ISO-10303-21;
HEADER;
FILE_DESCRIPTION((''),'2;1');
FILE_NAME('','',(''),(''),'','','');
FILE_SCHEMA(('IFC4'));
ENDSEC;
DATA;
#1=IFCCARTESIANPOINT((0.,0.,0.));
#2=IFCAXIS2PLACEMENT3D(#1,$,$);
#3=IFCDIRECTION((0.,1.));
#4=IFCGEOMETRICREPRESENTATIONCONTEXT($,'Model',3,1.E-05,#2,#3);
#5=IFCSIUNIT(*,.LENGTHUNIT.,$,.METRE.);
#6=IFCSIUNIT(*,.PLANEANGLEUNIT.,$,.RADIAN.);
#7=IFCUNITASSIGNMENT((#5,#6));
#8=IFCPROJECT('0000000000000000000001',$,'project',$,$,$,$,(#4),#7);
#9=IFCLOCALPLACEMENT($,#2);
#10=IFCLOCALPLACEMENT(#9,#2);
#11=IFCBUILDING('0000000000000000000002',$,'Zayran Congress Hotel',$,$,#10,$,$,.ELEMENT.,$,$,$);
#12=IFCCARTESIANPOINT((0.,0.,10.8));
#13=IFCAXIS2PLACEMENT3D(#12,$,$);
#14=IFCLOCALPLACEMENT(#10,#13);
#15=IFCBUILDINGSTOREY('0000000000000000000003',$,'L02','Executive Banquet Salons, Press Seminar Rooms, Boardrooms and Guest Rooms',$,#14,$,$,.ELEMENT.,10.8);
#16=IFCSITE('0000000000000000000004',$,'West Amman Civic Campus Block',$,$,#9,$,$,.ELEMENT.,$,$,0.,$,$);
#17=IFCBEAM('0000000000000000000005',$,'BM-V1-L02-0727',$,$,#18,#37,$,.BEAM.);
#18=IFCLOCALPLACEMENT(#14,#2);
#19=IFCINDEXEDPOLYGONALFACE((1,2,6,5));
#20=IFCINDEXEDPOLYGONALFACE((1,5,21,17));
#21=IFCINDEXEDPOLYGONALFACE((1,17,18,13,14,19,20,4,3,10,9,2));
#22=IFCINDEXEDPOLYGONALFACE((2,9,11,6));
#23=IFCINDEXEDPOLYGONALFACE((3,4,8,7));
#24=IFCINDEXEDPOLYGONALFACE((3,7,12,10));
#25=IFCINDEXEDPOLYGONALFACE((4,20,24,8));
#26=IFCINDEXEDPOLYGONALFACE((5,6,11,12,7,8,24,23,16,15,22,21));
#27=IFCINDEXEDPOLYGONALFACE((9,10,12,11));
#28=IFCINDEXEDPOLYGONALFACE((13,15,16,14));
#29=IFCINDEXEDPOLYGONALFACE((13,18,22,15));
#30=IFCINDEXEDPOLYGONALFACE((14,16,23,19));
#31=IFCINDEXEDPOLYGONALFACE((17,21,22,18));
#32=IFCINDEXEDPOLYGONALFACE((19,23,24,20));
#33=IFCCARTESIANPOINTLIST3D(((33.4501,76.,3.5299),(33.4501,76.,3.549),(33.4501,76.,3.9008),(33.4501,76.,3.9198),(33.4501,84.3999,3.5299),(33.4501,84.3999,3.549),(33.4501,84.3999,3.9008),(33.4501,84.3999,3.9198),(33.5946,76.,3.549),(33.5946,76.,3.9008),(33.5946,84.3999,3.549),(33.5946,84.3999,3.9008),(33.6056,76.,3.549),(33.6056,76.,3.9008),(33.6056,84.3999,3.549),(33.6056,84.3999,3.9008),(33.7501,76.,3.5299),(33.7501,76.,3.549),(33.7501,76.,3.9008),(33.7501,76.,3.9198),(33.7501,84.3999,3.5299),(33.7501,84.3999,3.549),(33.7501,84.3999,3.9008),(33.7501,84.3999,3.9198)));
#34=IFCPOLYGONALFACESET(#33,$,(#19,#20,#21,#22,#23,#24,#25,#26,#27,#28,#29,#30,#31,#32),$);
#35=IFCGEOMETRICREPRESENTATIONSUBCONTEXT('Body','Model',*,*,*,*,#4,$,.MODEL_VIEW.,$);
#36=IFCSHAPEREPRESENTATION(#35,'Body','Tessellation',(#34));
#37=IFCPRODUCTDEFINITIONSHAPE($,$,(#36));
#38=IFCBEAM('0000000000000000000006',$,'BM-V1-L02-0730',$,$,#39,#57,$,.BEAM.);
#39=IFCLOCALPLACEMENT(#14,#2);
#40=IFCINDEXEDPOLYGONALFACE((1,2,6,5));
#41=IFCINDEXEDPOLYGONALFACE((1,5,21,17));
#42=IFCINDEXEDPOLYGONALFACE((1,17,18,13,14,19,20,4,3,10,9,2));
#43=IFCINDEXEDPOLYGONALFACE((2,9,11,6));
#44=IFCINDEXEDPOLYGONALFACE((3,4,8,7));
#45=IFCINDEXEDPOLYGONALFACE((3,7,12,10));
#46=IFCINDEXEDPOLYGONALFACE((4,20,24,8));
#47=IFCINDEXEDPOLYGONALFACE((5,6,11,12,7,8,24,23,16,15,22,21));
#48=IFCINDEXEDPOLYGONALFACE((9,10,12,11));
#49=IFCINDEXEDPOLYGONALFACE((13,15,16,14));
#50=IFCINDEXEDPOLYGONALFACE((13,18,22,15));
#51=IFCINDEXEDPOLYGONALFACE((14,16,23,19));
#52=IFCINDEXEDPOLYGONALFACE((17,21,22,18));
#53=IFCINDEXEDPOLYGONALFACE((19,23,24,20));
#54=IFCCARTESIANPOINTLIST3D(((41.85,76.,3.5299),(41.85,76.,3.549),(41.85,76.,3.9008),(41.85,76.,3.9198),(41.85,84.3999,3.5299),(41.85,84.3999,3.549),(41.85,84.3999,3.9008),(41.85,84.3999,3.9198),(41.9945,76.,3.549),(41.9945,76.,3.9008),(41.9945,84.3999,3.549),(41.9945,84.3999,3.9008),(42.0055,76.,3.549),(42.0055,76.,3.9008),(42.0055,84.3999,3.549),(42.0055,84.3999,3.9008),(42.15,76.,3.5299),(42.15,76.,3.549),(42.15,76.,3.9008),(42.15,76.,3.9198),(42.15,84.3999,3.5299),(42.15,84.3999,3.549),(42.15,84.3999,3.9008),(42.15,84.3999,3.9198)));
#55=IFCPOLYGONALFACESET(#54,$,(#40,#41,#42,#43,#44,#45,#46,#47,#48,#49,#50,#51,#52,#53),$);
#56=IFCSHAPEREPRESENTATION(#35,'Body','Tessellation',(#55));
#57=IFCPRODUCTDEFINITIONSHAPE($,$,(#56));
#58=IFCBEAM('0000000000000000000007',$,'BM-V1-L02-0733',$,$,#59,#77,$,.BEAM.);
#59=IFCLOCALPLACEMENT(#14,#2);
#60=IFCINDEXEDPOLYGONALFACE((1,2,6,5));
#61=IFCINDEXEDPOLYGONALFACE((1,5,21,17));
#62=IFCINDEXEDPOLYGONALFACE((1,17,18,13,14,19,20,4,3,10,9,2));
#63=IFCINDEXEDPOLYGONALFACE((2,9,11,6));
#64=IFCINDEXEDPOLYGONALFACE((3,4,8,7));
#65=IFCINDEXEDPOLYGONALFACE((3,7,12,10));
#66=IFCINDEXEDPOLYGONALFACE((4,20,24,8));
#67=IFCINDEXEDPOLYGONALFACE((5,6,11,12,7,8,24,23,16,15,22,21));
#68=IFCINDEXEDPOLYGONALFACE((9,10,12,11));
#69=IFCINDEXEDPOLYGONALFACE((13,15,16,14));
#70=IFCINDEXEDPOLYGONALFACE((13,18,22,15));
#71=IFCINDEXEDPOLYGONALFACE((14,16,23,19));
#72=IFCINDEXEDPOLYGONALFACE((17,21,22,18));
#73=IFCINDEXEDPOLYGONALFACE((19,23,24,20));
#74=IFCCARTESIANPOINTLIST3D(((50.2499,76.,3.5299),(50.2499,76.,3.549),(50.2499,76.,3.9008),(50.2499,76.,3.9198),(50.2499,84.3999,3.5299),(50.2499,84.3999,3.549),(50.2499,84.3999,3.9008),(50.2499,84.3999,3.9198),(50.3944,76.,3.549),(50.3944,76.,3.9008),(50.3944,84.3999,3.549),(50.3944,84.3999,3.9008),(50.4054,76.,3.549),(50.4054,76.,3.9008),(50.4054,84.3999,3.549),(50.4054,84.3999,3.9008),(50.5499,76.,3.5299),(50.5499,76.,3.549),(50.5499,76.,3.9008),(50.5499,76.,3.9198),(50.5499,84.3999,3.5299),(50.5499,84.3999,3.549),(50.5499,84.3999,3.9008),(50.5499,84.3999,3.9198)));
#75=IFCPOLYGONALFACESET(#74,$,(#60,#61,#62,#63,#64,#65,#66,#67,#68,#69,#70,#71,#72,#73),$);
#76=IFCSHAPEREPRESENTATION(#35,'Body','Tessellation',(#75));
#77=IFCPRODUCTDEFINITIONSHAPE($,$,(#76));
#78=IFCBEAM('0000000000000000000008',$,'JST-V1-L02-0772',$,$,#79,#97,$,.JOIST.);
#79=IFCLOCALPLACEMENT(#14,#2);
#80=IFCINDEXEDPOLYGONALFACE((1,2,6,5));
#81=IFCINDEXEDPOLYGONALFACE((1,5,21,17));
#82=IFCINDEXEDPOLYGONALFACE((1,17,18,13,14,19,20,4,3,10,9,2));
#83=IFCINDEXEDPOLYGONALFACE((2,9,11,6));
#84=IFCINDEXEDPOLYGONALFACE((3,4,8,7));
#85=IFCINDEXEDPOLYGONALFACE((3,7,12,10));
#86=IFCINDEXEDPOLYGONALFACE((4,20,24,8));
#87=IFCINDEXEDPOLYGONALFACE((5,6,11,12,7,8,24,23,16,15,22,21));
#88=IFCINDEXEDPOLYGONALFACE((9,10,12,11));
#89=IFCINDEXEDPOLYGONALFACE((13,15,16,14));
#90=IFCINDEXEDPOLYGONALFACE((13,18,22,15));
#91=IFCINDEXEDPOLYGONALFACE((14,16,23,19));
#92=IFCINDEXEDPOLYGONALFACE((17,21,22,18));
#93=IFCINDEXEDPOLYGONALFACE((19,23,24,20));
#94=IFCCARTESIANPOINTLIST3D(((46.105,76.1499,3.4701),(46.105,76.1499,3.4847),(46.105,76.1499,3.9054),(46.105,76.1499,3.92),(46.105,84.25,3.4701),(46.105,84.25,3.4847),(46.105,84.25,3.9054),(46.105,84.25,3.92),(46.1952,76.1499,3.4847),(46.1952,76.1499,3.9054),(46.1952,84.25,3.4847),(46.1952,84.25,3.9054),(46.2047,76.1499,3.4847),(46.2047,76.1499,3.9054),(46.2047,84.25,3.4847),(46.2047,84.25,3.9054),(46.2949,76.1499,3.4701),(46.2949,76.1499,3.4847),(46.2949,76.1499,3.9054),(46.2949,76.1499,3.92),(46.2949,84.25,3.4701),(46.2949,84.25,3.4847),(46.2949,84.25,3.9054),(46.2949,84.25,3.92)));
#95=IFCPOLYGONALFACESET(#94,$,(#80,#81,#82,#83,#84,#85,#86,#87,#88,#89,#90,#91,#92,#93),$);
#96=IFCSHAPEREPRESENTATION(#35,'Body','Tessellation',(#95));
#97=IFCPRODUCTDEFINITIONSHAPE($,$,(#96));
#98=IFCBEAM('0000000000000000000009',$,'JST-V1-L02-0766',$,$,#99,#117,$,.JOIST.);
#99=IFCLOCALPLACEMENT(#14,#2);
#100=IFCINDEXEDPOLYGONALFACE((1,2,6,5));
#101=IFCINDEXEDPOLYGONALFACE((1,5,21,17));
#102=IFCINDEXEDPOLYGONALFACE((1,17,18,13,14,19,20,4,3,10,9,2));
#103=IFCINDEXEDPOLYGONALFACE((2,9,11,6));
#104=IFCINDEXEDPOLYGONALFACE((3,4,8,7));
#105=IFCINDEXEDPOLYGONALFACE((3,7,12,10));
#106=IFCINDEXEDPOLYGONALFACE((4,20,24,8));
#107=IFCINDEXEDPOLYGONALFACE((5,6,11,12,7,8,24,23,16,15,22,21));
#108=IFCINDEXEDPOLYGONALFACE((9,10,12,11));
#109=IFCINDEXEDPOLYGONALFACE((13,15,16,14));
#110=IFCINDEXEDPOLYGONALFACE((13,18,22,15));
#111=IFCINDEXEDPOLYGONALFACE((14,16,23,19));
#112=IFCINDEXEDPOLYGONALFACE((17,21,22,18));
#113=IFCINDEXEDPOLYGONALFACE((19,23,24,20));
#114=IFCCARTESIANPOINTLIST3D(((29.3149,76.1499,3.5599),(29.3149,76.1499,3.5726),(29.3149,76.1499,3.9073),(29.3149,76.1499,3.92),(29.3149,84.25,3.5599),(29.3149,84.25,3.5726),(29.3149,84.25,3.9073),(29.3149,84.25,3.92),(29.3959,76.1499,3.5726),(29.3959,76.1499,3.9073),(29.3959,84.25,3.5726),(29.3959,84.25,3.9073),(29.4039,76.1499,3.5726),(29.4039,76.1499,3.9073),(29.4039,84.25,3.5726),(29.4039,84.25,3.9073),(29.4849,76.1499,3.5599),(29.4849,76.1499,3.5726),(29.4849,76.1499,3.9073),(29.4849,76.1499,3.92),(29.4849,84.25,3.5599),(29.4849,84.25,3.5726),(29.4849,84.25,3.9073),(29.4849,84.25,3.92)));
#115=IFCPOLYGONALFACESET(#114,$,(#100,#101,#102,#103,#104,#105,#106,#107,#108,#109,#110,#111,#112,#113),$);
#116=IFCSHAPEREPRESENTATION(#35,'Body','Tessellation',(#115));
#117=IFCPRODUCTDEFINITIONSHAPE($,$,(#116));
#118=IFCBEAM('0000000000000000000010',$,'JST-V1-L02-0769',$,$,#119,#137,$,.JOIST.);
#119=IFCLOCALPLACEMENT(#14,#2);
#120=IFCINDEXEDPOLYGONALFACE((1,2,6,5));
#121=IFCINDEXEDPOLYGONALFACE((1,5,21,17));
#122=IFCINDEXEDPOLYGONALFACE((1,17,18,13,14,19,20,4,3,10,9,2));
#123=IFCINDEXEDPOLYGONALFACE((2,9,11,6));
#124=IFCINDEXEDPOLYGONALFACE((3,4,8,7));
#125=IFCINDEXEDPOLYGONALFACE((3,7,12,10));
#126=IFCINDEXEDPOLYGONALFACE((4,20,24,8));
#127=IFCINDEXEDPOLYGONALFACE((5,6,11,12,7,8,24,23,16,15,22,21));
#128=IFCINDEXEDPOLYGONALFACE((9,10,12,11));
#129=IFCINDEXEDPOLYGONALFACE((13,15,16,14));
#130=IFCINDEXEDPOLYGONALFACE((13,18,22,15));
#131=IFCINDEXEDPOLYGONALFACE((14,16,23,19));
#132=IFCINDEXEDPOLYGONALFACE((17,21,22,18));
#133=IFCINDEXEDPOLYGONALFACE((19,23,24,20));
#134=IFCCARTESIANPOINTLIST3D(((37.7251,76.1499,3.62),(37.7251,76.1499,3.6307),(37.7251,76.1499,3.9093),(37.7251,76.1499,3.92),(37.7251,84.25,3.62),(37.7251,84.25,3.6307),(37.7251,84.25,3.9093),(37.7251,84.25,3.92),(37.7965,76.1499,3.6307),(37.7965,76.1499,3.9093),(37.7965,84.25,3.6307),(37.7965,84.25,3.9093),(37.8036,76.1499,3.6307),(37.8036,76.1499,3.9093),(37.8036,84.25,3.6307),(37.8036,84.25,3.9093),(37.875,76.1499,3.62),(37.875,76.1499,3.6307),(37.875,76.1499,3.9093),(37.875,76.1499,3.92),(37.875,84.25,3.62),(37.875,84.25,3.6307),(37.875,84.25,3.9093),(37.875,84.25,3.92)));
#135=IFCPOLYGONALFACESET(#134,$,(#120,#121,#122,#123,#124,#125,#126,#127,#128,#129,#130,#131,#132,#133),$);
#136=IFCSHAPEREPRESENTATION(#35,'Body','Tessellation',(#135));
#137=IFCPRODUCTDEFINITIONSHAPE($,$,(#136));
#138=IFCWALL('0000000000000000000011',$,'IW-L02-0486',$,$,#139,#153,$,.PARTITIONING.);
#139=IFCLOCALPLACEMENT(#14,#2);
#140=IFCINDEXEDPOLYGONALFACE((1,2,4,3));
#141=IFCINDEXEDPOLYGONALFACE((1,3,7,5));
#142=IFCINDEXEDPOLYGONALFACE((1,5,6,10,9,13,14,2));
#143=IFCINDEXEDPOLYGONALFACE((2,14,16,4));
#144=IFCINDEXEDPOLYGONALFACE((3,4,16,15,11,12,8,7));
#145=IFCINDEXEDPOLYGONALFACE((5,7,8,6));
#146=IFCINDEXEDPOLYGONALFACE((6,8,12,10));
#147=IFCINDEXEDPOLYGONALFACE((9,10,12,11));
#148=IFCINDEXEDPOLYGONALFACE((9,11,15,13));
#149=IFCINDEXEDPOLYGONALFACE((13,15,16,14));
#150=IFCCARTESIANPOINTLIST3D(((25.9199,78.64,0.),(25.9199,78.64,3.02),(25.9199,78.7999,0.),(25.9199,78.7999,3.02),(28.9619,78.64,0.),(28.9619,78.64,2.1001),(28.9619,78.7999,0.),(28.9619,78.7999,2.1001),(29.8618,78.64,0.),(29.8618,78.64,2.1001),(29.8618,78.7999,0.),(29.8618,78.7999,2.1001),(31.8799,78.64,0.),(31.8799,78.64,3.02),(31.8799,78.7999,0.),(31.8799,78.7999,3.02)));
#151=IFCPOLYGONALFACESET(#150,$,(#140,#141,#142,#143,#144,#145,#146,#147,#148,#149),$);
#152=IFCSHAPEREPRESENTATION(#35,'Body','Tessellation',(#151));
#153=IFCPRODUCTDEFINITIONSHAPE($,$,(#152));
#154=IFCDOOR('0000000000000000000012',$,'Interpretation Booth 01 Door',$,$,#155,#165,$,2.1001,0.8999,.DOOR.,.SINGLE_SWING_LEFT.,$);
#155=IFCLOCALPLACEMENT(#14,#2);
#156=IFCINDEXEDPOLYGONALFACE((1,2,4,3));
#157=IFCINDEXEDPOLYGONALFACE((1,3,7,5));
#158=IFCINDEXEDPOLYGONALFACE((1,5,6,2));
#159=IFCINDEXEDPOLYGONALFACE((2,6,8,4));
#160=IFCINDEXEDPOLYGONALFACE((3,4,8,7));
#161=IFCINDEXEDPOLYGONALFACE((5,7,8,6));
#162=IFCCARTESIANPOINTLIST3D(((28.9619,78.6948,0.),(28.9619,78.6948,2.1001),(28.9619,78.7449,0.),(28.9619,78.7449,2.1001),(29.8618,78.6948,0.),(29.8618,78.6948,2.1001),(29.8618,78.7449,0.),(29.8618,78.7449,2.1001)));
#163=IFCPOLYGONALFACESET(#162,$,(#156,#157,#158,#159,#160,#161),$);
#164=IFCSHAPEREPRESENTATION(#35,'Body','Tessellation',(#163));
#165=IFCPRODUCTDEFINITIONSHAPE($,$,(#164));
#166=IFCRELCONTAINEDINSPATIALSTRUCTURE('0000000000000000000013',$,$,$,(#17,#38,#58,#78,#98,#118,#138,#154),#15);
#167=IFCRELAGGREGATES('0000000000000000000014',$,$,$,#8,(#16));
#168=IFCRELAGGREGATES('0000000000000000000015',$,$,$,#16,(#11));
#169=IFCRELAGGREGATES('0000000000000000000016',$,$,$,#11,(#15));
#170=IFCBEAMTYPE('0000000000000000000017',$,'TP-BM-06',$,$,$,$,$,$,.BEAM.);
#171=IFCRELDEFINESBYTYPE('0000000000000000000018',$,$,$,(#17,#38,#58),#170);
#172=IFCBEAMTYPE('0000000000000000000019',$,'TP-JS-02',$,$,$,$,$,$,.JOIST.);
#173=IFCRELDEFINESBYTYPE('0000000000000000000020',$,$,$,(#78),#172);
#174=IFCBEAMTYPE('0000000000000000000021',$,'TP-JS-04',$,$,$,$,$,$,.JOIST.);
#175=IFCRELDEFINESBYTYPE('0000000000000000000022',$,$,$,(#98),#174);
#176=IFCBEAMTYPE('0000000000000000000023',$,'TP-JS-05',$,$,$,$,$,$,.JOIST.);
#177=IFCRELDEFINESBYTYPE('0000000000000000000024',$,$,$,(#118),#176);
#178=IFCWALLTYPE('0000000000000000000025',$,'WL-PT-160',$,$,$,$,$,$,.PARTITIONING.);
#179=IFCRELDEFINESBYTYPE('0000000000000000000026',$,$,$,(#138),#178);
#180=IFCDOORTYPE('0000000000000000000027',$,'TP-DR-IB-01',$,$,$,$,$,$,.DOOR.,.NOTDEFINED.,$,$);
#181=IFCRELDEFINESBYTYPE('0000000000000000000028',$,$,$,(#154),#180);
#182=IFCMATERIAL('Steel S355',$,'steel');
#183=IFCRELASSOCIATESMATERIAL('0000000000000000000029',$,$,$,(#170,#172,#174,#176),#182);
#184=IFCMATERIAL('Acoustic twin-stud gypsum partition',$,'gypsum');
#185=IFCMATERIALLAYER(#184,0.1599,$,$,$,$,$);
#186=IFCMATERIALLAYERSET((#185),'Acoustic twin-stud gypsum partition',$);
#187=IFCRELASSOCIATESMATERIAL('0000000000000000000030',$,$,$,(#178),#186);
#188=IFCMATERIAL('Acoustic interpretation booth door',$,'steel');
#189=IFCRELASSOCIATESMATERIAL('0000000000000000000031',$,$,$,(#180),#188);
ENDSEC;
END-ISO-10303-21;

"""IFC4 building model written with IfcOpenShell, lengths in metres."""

from ifc_helpers import new_model, si_unit, direction, frame, frame_2d, origin, origin_2d, place, context, subcontext, project, spatial, rectangle, i_section, extrude, material, layer, layer_set, material_profile, profile_set, type_object, element, fill, save


model = new_model("IFC4")

# Units and contexts
model_context = context("Model", 3, precision=1e-05, world=origin(), true_north=direction((0.0, 1.0)))
body_context = subcontext(model_context, "Body", "Model", "MODEL_VIEW")
ifc_project = project(units=[si_unit("LENGTHUNIT", "METRE"), si_unit("PLANEANGLEUNIT", "RADIAN")], contexts=[model_context])

# Site, building, storey
site_placement = place(None, origin())
site = spatial("IfcSite", under=ifc_project, at=site_placement, Name="West Amman Civic Campus Block", CompositionType="ELEMENT", RefElevation=0.0)
building_placement = place(site_placement, origin())
building = spatial("IfcBuilding", under=site, at=building_placement, Name="Zayran Congress Hotel", CompositionType="ELEMENT")
storey_placement = place(building_placement, frame((0.0, 0.0, 10.8)))
storey = spatial("IfcBuildingStorey", under=building, at=storey_placement, Name="L02", Description="Executive Banquet Salons, Press Seminar Rooms, Boardrooms and Guest Rooms", CompositionType="ELEMENT", Elevation=10.8)

# Shared definitions
ifc_material_1 = material(Name="Steel S355", Category="steel")

# Beams
ifc_material_profile_1 = material_profile(ifc_material_1, i_section(OverallWidth=0.3, OverallDepth=0.3899, WebThickness=0.011, FlangeThickness=0.019, at=origin_2d()), Name="HEA 400")
ifc_profile_set_1 = profile_set([ifc_material_profile_1], Name="Steel S355")
beam_type_1 = type_object("IfcBeamType", Name="TP-BM-06", PredefinedType="BEAM", material=ifc_profile_set_1)
for number, where, z_axis, x_axis, name in (
    (1, (33.6001, 76.0, 3.7249), (0.0, 1.0, 0.0), (-1.0, 0.0, 0.0), "BM-V1-L02-0727"),
    (2, (42.0, 76.0, 3.7249), (0.0, 1.0, 0.0), (-1.0, 0.0, 0.0), "BM-V1-L02-0730"),
    (3, (50.3999, 76.0, 3.7249), (0.0, 1.0, 0.0), (-1.0, 0.0, 0.0), "BM-V1-L02-0733"),
):
    element("IfcBeam", number, at=place(storey_placement, frame(where, z_axis=z_axis, x_axis=x_axis)), inside=storey, type_object=beam_type_1, Name=name, PredefinedType="BEAM", context=body_context, shape_type="SweptSolid", body=[
        extrude(i_section(OverallWidth=0.3, OverallDepth=0.3899, WebThickness=0.011, FlangeThickness=0.019, at=origin_2d()), origin(), (0.0, 0.0, 1.0), 8.3999),
    ])
ifc_material_profile_2 = material_profile(ifc_material_1, i_section(OverallWidth=0.1899, OverallDepth=0.45, WebThickness=0.0095, FlangeThickness=0.0146, at=origin_2d()), Name="IPE 450")
ifc_profile_set_2 = profile_set([ifc_material_profile_2], Name="Steel S355")
beam_type_2 = type_object("IfcBeamType", Name="TP-JS-02", PredefinedType="JOIST", material=ifc_profile_set_2)
beam_1_placement = place(storey_placement, frame((46.2, 76.1499, 3.6951), z_axis=(0.0, 1.0, 0.0), x_axis=(-1.0, 0.0, 0.0)))
element("IfcBeam", 4, at=beam_1_placement, inside=storey, type_object=beam_type_2, Name="JST-V1-L02-0772", PredefinedType="JOIST", context=body_context, shape_type="SweptSolid", body=[
    extrude(i_section(OverallWidth=0.1899, OverallDepth=0.45, WebThickness=0.0095, FlangeThickness=0.0146, at=origin_2d()), origin(), (0.0, 0.0, 1.0), 8.1001),
])
ifc_material_profile_3 = material_profile(ifc_material_1, i_section(OverallWidth=0.1699, OverallDepth=0.3601, WebThickness=0.0081, FlangeThickness=0.0127, at=origin_2d()), Name="IPE 360")
ifc_profile_set_3 = profile_set([ifc_material_profile_3], Name="Steel S355")
beam_type_3 = type_object("IfcBeamType", Name="TP-JS-04", PredefinedType="JOIST", material=ifc_profile_set_3)
beam_2_placement = place(storey_placement, frame((29.3999, 76.1499, 3.74), z_axis=(0.0, 1.0, 0.0), x_axis=(-1.0, 0.0, 0.0)))
element("IfcBeam", 5, at=beam_2_placement, inside=storey, type_object=beam_type_3, Name="JST-V1-L02-0766", PredefinedType="JOIST", context=body_context, shape_type="SweptSolid", body=[
    extrude(i_section(OverallWidth=0.1699, OverallDepth=0.3601, WebThickness=0.0081, FlangeThickness=0.0127, at=origin_2d()), origin(), (0.0, 0.0, 1.0), 8.1001),
])
ifc_material_profile_4 = material_profile(ifc_material_1, i_section(OverallWidth=0.1499, OverallDepth=0.3, WebThickness=0.0071, FlangeThickness=0.0107, at=origin_2d()), Name="IPE 300")
ifc_profile_set_4 = profile_set([ifc_material_profile_4], Name="Steel S355")
beam_type_4 = type_object("IfcBeamType", Name="TP-JS-05", PredefinedType="JOIST", material=ifc_profile_set_4)
beam_3_placement = place(storey_placement, frame((37.8, 76.1499, 3.77), z_axis=(0.0, 1.0, 0.0), x_axis=(-1.0, 0.0, 0.0)))
element("IfcBeam", 6, at=beam_3_placement, inside=storey, type_object=beam_type_4, Name="JST-V1-L02-0769", PredefinedType="JOIST", context=body_context, shape_type="SweptSolid", body=[
    extrude(i_section(OverallWidth=0.1499, OverallDepth=0.3, WebThickness=0.0071, FlangeThickness=0.0107, at=origin_2d()), origin(), (0.0, 0.0, 1.0), 8.1001),
])

# Wall, opening, door
ifc_material_2 = material(Name="Acoustic twin-stud gypsum partition", Category="gypsum")
ifc_layer = layer(ifc_material_2, 0.1599)
ifc_layer_set = layer_set([ifc_layer], Name="Acoustic twin-stud gypsum partition")
wall_type = type_object("IfcWallType", Name="WL-PT-160", PredefinedType="PARTITIONING", material=ifc_layer_set)
wall_1_placement = place(storey_placement, frame((25.9199, 78.72, 0.0), z_axis=(0.0, 0.0, 1.0), x_axis=(1.0, 0.0, 0.0)))
wall_1 = element("IfcWall", 7, at=wall_1_placement, inside=storey, type_object=wall_type, Name="IW-L02-0486", PredefinedType="PARTITIONING", context=body_context, shape_type="SweptSolid", body=[
    extrude(rectangle(XDim=5.96, YDim=0.1599, at=frame_2d((2.98, 0.0))), origin(), (0.0, 0.0, 1.0), 3.02),
])
opening_1_placement = place(wall_1_placement, frame((3.042, 0.0, 0.0)))
opening_1 = element("IfcOpeningElement", 8, at=opening_1_placement, cuts=wall_1, PredefinedType="OPENING", context=body_context, shape_type="SweptSolid", body=[
    extrude(rectangle(XDim=0.8999, YDim=2.1001, at=frame_2d((0.45, 1.05))), frame((0.0, 0.0898, 0.0), z_axis=(0.0, -1.0, 0.0), x_axis=(1.0, 0.0, 0.0)), (0.0, 0.0, 1.0), 0.1799),
])
ifc_material_3 = material(Name="Acoustic interpretation booth door", Category="steel")
door_type_1 = type_object("IfcDoorType", Name="TP-DR-IB-01", OperationType="NOTDEFINED", PredefinedType="DOOR", material=ifc_material_3)
door_1_placement = place(opening_1_placement, origin())
door_1 = element("IfcDoor", 9, at=door_1_placement, inside=storey, type_object=door_type_1, Name="Interpretation Booth 01 Door", OperationType="SINGLE_SWING_LEFT", OverallHeight=2.1001, OverallWidth=0.8999, PredefinedType="DOOR", context=body_context, shape_type="SweptSolid", body=[
    extrude(rectangle(XDim=0.8999, YDim=2.1001, at=frame_2d((0.45, 1.05))), frame((0.0, 0.0249, 0.0), z_axis=(0.0, -1.0, 0.0), x_axis=(1.0, 0.0, 0.0)), (0.0, 0.0, 1.0), 0.05),
])
fill(opening_1, door_1)

save(model, "model.ifc")
